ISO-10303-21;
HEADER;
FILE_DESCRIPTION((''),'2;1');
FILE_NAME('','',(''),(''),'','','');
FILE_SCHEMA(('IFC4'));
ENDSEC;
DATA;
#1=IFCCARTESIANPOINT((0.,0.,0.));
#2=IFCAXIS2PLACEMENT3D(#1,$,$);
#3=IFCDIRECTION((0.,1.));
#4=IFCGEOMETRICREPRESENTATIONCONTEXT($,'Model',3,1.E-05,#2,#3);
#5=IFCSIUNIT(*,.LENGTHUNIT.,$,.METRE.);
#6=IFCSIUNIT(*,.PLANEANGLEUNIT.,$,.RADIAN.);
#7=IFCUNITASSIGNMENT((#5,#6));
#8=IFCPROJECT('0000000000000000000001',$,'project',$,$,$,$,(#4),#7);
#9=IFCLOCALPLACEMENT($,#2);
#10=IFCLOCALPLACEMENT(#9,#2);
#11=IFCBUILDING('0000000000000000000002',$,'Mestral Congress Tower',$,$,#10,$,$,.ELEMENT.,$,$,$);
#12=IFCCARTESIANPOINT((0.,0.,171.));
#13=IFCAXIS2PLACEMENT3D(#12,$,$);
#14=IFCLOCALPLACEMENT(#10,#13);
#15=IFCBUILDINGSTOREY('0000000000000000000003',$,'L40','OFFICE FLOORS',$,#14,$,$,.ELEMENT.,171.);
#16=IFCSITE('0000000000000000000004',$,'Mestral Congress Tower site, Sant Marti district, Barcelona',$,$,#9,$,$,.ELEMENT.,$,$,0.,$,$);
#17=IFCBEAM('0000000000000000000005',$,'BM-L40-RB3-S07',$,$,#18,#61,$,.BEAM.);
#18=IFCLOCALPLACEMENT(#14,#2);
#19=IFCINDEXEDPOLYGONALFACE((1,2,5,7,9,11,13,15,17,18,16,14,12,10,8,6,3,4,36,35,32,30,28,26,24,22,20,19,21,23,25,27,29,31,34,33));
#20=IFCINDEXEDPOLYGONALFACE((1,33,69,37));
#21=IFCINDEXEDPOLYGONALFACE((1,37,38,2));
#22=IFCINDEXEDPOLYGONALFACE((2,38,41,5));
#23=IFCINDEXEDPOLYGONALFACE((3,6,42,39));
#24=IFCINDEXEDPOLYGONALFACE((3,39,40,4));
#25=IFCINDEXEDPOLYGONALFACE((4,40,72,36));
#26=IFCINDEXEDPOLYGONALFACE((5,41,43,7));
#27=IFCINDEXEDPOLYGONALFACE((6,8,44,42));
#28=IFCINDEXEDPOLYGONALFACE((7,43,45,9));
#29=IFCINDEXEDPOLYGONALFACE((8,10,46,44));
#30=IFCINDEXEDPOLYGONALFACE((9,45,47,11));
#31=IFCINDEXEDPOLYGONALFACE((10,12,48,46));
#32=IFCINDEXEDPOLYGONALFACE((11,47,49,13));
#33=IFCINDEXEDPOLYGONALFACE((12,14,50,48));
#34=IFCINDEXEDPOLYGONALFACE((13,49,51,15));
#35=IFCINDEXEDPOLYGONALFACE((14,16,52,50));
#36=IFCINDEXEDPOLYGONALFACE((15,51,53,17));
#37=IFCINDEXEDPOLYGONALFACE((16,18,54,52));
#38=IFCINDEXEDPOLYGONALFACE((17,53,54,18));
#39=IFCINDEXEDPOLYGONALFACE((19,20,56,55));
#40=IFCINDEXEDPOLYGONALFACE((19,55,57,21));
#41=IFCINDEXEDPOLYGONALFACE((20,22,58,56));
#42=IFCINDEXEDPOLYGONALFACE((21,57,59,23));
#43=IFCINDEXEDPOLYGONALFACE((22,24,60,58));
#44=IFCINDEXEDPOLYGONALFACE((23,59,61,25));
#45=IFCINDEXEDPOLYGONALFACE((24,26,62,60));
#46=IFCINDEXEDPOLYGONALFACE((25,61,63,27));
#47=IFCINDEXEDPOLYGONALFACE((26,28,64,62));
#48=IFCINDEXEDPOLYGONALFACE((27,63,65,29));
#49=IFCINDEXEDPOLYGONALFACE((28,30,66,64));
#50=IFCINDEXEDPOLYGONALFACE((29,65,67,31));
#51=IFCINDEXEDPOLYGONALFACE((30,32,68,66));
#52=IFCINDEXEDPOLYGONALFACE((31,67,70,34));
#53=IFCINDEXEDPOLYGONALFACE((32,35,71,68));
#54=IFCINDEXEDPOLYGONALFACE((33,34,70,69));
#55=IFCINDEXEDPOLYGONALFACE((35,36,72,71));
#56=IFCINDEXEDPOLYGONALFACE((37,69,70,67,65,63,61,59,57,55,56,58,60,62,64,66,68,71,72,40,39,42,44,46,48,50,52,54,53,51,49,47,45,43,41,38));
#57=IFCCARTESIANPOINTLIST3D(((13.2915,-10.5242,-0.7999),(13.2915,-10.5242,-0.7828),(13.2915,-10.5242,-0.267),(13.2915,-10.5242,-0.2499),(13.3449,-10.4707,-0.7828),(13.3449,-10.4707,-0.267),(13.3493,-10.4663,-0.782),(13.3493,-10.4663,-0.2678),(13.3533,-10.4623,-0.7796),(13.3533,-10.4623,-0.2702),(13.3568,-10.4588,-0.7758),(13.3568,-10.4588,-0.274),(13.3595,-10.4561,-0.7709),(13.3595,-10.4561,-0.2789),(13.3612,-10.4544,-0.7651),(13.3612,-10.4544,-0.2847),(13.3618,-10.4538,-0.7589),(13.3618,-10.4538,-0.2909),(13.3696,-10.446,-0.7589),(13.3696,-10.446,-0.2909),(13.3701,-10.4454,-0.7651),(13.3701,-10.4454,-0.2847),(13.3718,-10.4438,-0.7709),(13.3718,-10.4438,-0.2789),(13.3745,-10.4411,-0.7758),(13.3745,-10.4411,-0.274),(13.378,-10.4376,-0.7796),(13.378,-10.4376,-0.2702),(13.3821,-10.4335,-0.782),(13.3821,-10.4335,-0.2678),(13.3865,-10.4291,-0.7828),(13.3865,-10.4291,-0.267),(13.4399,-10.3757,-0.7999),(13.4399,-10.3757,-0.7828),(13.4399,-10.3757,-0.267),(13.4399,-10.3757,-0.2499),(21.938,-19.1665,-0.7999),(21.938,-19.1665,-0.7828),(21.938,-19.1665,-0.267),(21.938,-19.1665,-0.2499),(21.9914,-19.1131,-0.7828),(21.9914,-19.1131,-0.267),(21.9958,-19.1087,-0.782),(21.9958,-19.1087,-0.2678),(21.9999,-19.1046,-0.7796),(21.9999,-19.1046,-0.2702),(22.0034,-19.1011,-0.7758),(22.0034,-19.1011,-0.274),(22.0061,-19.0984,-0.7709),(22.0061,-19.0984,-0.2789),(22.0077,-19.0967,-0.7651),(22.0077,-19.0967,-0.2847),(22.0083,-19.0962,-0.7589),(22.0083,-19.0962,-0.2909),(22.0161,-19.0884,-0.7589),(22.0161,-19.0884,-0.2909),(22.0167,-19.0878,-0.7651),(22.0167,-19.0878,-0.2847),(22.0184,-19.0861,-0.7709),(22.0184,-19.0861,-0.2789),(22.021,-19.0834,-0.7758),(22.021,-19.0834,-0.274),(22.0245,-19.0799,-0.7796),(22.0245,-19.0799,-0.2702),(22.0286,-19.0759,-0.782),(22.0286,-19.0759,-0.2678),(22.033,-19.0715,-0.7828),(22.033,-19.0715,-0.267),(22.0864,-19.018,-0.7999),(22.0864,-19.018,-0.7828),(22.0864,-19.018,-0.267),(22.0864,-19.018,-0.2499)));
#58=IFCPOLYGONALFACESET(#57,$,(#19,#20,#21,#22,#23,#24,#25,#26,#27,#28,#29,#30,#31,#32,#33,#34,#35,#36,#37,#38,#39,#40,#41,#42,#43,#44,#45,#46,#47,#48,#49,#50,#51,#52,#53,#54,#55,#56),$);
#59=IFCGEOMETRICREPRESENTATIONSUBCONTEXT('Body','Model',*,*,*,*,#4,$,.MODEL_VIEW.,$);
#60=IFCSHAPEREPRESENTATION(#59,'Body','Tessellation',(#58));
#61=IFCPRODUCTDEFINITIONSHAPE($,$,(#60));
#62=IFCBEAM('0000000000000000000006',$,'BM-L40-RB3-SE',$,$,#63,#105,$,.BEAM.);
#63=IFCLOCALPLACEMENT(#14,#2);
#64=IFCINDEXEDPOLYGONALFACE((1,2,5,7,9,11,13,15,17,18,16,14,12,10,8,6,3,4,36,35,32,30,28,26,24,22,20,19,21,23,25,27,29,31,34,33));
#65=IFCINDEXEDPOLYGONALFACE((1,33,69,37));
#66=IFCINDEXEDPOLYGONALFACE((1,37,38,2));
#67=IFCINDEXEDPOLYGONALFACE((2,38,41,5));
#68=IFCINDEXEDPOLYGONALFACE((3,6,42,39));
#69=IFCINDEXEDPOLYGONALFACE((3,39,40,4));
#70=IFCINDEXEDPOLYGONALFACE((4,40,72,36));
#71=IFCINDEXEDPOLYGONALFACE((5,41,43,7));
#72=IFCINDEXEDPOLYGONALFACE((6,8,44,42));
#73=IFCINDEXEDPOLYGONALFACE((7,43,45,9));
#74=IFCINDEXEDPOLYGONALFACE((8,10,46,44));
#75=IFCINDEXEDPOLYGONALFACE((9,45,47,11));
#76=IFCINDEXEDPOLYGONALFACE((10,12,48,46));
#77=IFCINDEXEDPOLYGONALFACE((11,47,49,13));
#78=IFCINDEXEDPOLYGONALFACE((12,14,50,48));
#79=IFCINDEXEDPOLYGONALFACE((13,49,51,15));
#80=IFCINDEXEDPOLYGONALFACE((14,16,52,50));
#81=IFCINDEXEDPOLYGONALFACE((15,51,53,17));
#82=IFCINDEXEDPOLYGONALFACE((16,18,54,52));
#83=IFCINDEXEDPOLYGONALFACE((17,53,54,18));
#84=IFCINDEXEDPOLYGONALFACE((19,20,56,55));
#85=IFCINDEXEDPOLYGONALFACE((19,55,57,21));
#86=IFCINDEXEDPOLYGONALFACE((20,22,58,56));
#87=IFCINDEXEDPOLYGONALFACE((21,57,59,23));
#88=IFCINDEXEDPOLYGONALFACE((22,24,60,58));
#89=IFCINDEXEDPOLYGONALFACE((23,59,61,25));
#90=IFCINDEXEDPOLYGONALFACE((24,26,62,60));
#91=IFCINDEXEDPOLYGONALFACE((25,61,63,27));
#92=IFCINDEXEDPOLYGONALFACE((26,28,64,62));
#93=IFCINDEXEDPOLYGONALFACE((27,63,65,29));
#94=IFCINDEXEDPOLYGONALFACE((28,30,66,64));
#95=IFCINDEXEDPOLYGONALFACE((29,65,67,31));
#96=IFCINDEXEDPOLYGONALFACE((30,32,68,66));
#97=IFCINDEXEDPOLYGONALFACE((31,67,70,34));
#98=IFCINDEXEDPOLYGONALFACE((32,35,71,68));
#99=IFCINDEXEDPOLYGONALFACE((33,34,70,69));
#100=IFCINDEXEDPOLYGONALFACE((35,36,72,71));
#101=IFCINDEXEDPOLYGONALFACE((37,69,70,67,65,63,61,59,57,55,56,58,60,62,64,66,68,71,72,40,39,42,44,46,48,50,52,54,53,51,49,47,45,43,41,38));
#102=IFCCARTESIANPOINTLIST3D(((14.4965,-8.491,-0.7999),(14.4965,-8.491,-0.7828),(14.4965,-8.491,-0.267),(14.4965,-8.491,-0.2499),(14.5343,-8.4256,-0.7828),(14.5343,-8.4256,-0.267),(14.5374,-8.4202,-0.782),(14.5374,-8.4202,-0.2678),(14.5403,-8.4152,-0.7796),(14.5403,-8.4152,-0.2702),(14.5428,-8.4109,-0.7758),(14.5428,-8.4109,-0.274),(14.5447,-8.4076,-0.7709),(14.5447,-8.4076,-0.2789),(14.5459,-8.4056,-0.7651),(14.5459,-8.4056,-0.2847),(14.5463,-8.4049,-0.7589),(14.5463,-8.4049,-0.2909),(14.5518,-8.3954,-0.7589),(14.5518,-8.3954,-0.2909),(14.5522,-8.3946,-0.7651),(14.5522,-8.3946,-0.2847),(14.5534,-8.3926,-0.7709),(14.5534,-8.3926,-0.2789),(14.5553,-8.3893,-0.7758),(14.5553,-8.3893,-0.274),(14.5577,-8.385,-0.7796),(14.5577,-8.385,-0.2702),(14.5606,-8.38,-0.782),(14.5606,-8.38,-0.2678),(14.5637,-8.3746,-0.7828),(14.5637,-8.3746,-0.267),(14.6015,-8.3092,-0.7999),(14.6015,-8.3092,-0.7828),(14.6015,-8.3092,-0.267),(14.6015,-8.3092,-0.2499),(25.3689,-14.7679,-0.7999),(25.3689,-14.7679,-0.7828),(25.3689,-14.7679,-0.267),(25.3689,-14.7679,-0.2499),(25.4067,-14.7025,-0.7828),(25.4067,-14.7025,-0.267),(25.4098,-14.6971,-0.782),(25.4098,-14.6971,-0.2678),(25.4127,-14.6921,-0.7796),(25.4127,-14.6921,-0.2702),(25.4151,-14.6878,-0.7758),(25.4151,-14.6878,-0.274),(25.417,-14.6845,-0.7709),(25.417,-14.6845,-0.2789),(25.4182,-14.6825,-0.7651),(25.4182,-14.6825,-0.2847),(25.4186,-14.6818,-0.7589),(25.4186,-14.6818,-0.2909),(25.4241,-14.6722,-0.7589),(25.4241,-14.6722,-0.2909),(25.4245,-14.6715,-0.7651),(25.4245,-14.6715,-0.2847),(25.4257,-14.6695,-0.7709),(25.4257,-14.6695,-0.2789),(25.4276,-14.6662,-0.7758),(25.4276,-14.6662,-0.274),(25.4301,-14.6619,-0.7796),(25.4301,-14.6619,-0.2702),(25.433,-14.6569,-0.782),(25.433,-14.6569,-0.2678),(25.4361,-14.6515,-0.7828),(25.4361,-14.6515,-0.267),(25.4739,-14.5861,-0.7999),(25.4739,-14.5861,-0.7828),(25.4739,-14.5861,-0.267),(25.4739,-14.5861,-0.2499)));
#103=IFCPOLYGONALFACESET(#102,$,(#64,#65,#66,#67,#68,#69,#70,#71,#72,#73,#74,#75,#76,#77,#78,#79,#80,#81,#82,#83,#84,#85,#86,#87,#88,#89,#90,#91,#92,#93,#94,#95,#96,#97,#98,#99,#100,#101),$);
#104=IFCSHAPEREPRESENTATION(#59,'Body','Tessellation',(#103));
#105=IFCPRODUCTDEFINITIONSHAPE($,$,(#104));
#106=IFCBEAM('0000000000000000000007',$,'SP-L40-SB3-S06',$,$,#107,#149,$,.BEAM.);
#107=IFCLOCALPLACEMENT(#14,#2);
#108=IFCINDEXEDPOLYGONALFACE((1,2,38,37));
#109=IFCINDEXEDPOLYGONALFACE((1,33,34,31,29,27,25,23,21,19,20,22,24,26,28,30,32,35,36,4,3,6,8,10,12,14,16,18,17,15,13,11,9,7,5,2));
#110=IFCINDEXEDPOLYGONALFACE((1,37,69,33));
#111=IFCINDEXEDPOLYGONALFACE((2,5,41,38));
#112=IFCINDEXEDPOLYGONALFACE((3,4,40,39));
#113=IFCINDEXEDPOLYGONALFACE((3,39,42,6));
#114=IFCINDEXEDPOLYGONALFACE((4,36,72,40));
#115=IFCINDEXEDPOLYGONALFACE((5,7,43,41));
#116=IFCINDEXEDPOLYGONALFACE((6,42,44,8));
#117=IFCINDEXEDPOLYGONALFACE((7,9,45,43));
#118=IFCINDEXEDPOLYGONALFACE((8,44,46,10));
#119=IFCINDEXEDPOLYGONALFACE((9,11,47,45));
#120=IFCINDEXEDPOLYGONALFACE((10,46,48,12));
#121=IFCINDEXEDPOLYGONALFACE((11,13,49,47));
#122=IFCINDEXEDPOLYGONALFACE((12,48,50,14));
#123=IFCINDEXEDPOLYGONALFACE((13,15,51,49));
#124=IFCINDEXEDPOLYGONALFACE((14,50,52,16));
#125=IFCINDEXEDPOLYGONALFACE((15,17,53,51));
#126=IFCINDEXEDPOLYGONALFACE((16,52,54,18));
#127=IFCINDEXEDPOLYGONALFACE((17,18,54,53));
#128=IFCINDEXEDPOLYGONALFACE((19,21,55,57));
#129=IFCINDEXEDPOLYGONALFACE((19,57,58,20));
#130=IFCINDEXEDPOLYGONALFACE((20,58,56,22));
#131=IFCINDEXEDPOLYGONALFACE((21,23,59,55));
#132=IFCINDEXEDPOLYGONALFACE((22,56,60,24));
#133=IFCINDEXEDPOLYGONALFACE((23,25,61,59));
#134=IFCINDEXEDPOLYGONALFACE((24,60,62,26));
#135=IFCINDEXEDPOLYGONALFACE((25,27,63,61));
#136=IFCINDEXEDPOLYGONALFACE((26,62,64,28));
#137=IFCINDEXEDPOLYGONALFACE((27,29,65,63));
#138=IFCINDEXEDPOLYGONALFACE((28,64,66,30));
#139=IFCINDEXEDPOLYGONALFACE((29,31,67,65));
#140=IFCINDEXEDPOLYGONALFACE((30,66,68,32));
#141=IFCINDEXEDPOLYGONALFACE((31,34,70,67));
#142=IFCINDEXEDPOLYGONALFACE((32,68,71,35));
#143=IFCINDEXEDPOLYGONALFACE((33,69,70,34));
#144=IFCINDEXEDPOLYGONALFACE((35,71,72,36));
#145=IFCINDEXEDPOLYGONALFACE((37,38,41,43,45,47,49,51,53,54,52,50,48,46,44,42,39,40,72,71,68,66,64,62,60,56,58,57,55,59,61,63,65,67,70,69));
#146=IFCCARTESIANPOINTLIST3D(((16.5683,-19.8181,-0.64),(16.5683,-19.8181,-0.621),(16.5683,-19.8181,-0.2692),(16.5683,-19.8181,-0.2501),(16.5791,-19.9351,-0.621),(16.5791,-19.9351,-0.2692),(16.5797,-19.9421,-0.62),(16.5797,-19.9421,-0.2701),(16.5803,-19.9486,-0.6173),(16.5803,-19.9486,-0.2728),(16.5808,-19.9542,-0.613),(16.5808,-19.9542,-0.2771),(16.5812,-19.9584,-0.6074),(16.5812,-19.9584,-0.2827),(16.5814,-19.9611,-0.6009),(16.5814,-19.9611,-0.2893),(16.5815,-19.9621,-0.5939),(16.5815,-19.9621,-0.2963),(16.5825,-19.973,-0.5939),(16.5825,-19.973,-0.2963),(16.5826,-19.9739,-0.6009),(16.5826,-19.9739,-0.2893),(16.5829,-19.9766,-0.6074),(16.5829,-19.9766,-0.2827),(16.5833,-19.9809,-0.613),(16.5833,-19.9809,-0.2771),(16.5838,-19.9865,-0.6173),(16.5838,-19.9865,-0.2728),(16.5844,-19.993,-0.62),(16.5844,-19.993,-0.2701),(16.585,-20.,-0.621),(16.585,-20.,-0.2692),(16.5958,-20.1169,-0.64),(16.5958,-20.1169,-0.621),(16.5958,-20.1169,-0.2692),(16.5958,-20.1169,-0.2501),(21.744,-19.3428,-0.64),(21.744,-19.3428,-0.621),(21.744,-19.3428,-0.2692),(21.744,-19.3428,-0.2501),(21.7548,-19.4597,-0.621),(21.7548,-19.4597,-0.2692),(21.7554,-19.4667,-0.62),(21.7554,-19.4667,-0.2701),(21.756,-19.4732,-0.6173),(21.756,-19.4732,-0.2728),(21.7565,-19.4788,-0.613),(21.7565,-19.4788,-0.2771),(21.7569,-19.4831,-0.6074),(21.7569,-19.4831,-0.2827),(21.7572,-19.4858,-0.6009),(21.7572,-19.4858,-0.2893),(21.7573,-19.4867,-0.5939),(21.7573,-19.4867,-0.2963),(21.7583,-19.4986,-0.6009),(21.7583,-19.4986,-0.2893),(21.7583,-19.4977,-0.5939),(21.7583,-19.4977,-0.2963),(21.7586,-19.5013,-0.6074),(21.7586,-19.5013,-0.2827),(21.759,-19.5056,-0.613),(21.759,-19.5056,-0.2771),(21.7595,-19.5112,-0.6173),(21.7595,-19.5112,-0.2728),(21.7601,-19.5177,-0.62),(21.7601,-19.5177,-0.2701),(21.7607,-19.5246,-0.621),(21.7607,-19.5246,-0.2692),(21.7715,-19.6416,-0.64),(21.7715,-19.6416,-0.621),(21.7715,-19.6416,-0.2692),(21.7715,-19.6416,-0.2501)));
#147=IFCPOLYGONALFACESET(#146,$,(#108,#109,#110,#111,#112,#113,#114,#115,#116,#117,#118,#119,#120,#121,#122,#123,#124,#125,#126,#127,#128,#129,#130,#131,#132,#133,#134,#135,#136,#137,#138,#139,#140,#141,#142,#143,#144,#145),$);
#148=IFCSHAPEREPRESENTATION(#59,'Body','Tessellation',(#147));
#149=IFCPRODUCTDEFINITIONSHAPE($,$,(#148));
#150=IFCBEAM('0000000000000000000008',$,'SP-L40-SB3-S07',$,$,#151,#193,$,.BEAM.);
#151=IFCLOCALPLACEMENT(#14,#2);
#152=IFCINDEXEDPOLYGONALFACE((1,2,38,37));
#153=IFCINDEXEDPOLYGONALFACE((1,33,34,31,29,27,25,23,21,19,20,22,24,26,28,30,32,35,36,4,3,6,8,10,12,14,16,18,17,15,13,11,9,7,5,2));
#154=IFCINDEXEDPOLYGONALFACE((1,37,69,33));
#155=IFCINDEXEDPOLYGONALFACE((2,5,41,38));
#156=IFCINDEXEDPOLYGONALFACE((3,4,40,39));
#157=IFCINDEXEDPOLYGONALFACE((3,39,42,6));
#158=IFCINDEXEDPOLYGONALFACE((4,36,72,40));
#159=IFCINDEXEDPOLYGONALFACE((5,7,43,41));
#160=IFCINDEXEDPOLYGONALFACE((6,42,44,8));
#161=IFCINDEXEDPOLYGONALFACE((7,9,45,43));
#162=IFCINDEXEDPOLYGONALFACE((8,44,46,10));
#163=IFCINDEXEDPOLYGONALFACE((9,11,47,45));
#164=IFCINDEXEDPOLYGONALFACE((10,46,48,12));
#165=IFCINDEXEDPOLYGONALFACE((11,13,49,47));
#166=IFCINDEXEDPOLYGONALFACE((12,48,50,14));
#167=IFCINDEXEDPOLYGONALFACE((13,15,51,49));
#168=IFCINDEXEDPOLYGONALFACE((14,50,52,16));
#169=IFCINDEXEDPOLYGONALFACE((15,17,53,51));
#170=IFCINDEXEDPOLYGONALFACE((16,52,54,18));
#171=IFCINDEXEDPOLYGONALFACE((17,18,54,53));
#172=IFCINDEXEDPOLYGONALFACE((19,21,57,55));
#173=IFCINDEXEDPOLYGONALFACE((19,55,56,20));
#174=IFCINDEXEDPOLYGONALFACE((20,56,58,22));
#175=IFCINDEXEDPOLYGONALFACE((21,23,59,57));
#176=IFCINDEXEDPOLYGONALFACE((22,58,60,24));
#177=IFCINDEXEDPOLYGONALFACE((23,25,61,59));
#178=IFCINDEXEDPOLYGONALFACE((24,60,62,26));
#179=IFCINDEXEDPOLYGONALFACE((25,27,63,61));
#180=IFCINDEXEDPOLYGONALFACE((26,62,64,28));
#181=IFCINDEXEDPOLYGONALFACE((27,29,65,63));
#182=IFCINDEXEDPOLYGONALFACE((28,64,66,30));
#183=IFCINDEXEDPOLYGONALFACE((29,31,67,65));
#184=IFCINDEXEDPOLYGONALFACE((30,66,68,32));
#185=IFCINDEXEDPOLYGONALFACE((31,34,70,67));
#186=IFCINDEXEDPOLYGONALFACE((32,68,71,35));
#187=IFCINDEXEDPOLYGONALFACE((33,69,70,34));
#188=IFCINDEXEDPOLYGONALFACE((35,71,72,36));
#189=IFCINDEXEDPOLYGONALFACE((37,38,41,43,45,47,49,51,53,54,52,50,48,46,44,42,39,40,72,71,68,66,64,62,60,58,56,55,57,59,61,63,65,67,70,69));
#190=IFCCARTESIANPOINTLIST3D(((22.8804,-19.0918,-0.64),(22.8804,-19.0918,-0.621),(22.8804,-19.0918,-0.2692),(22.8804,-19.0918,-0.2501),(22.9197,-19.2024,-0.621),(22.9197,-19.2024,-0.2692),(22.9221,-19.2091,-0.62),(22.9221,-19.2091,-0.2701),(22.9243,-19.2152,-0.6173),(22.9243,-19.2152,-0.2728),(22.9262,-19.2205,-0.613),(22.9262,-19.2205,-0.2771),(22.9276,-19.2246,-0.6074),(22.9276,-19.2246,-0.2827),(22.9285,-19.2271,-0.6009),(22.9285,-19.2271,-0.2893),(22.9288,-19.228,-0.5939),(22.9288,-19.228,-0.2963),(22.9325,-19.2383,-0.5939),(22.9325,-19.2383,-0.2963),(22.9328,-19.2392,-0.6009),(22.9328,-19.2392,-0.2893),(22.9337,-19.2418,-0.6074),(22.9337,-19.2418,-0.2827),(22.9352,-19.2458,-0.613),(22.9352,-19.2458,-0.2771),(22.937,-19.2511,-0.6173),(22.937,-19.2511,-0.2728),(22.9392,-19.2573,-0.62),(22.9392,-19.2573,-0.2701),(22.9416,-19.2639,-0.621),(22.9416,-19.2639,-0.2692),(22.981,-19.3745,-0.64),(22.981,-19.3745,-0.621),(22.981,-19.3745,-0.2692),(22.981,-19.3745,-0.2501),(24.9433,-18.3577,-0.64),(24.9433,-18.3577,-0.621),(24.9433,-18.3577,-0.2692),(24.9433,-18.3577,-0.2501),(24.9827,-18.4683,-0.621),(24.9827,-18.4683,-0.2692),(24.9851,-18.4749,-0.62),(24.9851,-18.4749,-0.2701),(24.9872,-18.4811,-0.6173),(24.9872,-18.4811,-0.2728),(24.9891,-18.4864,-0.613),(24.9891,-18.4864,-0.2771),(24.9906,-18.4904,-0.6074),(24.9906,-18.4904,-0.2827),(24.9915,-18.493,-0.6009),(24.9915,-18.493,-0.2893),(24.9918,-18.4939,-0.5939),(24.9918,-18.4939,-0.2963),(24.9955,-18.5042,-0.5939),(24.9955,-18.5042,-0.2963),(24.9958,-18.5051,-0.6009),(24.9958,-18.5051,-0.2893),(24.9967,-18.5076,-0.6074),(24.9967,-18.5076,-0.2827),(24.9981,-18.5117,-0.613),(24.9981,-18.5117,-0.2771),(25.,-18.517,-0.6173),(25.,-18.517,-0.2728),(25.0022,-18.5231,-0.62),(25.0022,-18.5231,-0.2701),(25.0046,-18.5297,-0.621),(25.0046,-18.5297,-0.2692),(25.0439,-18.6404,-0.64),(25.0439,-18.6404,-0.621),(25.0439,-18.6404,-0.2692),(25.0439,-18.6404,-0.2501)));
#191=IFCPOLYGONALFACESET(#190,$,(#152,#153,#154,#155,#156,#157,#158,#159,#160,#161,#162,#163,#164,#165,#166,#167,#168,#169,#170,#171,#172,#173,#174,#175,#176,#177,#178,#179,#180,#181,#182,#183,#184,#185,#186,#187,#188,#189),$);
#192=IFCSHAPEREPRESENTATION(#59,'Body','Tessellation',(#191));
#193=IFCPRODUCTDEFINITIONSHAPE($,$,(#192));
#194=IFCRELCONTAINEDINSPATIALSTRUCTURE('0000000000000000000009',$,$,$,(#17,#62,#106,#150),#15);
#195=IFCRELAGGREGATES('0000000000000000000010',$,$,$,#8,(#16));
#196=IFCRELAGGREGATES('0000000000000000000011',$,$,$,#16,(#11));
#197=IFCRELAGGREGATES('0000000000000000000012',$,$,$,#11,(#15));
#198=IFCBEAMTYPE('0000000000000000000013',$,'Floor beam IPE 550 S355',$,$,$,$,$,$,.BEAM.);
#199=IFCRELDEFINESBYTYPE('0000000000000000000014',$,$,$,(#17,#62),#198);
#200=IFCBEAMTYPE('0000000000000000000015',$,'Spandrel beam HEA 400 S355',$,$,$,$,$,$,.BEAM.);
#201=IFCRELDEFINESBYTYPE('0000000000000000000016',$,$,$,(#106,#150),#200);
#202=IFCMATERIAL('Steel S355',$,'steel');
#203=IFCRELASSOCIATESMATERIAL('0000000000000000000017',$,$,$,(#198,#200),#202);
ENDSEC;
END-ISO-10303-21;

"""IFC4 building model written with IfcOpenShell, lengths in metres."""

from ifc_helpers import new_model, si_unit, direction, frame, origin, origin_2d, place, context, subcontext, project, spatial, i_section, extrude, material, material_profile, profile_set, type_object, element, save


model = new_model("IFC4")

# Units and contexts
model_context = context("Model", 3, precision=1e-05, world=origin(), true_north=direction((0.0, 1.0)))
body_context = subcontext(model_context, "Body", "Model", "MODEL_VIEW")
ifc_project = project(units=[si_unit("LENGTHUNIT", "METRE"), si_unit("PLANEANGLEUNIT", "RADIAN")], contexts=[model_context])

# Site, building, storey
site_placement = place(None, origin())
site = spatial("IfcSite", under=ifc_project, at=site_placement, Name="Mestral Congress Tower site, Sant Marti district, Barcelona", CompositionType="ELEMENT", RefElevation=0.0)
building_placement = place(site_placement, origin())
building = spatial("IfcBuilding", under=site, at=building_placement, Name="Mestral Congress Tower", CompositionType="ELEMENT")
storey_placement = place(building_placement, frame((0.0, 0.0, 171.0)))
storey = spatial("IfcBuildingStorey", under=building, at=storey_placement, Name="L40", Description="OFFICE FLOORS", CompositionType="ELEMENT", Elevation=171.0)

# Beams
ifc_material_1 = material(Name="Steel S355", Category="steel")
ifc_material_profile_1 = material_profile(ifc_material_1, i_section(OverallWidth=0.21, OverallDepth=0.55, WebThickness=0.011, FlangeThickness=0.0171, FilletRadius=0.0239, at=origin_2d()), Name="IPE 550")
ifc_profile_set_1 = profile_set([ifc_material_profile_1], Name="Steel S355")
beam_type_1 = type_object("IfcBeamType", Name="Floor beam IPE 550 S355", PredefinedType="BEAM", material=ifc_profile_set_1)
beam_1_placement = place(storey_placement, frame((22.0122, -19.0923, -0.5249), z_axis=(-0.707277, 0.706937, 0.0), x_axis=(-0.706937, -0.707277, 0.0)))
element("IfcBeam", 1, at=beam_1_placement, inside=storey, type_object=beam_type_1, Name="BM-L40-RB3-S07", PredefinedType="BEAM", context=body_context, shape_type="SweptSolid", body=[
    extrude(i_section(OverallWidth=0.21, OverallDepth=0.55, WebThickness=0.011, FlangeThickness=0.0171, FilletRadius=0.0239, at=origin_2d()), origin(), (0.0, 0.0, 1.0), 12.2251),
])
beam_2_placement = place(storey_placement, frame((25.4214, -14.677, -0.5249), z_axis=(-0.866035, 0.499983, 0.0), x_axis=(-0.499983, -0.866035, 0.0)))
element("IfcBeam", 2, at=beam_2_placement, inside=storey, type_object=beam_type_1, Name="BM-L40-RB3-SE", PredefinedType="BEAM", context=body_context, shape_type="SweptSolid", body=[
    extrude(i_section(OverallWidth=0.21, OverallDepth=0.55, WebThickness=0.011, FlangeThickness=0.0171, FilletRadius=0.0239, at=origin_2d()), origin(), (0.0, 0.0, 1.0), 12.5542),
])
ifc_material_profile_2 = material_profile(ifc_material_1, i_section(OverallWidth=0.3, OverallDepth=0.3899, WebThickness=0.011, FlangeThickness=0.019, FilletRadius=0.0271, at=origin_2d()), Name="HEA 400")
ifc_profile_set_2 = profile_set([ifc_material_profile_2], Name="Steel S355")
beam_type_2 = type_object("IfcBeamType", Name="Spandrel beam HEA 400 S355", PredefinedType="BEAM", material=ifc_profile_set_2)
beam_3_placement = place(storey_placement, frame((16.582, -19.9675, -0.4451), z_axis=(0.995809, 0.091455, 0.0), x_axis=(-0.091455, 0.995809, 0.0)))
element("IfcBeam", 3, at=beam_3_placement, inside=storey, type_object=beam_type_2, Name="SP-L40-SB3-S06", PredefinedType="BEAM", context=body_context, shape_type="SweptSolid", body=[
    extrude(i_section(OverallWidth=0.3, OverallDepth=0.3899, WebThickness=0.011, FlangeThickness=0.019, FilletRadius=0.0271, at=origin_2d()), origin(), (0.0, 0.0, 1.0), 5.1975),
])
beam_4_placement = place(storey_placement, frame((22.9307, -19.2332, -0.4451), z_axis=(0.942125, 0.335263, 0.0), x_axis=(-0.335263, 0.942125, 0.0)))
element("IfcBeam", 4, at=beam_4_placement, inside=storey, type_object=beam_type_2, Name="SP-L40-SB3-S07", PredefinedType="BEAM", context=body_context, shape_type="SweptSolid", body=[
    extrude(i_section(OverallWidth=0.3, OverallDepth=0.3899, WebThickness=0.011, FlangeThickness=0.019, FilletRadius=0.0271, at=origin_2d()), origin(), (0.0, 0.0, 1.0), 2.1897),
])

save(model, "model.ifc")
